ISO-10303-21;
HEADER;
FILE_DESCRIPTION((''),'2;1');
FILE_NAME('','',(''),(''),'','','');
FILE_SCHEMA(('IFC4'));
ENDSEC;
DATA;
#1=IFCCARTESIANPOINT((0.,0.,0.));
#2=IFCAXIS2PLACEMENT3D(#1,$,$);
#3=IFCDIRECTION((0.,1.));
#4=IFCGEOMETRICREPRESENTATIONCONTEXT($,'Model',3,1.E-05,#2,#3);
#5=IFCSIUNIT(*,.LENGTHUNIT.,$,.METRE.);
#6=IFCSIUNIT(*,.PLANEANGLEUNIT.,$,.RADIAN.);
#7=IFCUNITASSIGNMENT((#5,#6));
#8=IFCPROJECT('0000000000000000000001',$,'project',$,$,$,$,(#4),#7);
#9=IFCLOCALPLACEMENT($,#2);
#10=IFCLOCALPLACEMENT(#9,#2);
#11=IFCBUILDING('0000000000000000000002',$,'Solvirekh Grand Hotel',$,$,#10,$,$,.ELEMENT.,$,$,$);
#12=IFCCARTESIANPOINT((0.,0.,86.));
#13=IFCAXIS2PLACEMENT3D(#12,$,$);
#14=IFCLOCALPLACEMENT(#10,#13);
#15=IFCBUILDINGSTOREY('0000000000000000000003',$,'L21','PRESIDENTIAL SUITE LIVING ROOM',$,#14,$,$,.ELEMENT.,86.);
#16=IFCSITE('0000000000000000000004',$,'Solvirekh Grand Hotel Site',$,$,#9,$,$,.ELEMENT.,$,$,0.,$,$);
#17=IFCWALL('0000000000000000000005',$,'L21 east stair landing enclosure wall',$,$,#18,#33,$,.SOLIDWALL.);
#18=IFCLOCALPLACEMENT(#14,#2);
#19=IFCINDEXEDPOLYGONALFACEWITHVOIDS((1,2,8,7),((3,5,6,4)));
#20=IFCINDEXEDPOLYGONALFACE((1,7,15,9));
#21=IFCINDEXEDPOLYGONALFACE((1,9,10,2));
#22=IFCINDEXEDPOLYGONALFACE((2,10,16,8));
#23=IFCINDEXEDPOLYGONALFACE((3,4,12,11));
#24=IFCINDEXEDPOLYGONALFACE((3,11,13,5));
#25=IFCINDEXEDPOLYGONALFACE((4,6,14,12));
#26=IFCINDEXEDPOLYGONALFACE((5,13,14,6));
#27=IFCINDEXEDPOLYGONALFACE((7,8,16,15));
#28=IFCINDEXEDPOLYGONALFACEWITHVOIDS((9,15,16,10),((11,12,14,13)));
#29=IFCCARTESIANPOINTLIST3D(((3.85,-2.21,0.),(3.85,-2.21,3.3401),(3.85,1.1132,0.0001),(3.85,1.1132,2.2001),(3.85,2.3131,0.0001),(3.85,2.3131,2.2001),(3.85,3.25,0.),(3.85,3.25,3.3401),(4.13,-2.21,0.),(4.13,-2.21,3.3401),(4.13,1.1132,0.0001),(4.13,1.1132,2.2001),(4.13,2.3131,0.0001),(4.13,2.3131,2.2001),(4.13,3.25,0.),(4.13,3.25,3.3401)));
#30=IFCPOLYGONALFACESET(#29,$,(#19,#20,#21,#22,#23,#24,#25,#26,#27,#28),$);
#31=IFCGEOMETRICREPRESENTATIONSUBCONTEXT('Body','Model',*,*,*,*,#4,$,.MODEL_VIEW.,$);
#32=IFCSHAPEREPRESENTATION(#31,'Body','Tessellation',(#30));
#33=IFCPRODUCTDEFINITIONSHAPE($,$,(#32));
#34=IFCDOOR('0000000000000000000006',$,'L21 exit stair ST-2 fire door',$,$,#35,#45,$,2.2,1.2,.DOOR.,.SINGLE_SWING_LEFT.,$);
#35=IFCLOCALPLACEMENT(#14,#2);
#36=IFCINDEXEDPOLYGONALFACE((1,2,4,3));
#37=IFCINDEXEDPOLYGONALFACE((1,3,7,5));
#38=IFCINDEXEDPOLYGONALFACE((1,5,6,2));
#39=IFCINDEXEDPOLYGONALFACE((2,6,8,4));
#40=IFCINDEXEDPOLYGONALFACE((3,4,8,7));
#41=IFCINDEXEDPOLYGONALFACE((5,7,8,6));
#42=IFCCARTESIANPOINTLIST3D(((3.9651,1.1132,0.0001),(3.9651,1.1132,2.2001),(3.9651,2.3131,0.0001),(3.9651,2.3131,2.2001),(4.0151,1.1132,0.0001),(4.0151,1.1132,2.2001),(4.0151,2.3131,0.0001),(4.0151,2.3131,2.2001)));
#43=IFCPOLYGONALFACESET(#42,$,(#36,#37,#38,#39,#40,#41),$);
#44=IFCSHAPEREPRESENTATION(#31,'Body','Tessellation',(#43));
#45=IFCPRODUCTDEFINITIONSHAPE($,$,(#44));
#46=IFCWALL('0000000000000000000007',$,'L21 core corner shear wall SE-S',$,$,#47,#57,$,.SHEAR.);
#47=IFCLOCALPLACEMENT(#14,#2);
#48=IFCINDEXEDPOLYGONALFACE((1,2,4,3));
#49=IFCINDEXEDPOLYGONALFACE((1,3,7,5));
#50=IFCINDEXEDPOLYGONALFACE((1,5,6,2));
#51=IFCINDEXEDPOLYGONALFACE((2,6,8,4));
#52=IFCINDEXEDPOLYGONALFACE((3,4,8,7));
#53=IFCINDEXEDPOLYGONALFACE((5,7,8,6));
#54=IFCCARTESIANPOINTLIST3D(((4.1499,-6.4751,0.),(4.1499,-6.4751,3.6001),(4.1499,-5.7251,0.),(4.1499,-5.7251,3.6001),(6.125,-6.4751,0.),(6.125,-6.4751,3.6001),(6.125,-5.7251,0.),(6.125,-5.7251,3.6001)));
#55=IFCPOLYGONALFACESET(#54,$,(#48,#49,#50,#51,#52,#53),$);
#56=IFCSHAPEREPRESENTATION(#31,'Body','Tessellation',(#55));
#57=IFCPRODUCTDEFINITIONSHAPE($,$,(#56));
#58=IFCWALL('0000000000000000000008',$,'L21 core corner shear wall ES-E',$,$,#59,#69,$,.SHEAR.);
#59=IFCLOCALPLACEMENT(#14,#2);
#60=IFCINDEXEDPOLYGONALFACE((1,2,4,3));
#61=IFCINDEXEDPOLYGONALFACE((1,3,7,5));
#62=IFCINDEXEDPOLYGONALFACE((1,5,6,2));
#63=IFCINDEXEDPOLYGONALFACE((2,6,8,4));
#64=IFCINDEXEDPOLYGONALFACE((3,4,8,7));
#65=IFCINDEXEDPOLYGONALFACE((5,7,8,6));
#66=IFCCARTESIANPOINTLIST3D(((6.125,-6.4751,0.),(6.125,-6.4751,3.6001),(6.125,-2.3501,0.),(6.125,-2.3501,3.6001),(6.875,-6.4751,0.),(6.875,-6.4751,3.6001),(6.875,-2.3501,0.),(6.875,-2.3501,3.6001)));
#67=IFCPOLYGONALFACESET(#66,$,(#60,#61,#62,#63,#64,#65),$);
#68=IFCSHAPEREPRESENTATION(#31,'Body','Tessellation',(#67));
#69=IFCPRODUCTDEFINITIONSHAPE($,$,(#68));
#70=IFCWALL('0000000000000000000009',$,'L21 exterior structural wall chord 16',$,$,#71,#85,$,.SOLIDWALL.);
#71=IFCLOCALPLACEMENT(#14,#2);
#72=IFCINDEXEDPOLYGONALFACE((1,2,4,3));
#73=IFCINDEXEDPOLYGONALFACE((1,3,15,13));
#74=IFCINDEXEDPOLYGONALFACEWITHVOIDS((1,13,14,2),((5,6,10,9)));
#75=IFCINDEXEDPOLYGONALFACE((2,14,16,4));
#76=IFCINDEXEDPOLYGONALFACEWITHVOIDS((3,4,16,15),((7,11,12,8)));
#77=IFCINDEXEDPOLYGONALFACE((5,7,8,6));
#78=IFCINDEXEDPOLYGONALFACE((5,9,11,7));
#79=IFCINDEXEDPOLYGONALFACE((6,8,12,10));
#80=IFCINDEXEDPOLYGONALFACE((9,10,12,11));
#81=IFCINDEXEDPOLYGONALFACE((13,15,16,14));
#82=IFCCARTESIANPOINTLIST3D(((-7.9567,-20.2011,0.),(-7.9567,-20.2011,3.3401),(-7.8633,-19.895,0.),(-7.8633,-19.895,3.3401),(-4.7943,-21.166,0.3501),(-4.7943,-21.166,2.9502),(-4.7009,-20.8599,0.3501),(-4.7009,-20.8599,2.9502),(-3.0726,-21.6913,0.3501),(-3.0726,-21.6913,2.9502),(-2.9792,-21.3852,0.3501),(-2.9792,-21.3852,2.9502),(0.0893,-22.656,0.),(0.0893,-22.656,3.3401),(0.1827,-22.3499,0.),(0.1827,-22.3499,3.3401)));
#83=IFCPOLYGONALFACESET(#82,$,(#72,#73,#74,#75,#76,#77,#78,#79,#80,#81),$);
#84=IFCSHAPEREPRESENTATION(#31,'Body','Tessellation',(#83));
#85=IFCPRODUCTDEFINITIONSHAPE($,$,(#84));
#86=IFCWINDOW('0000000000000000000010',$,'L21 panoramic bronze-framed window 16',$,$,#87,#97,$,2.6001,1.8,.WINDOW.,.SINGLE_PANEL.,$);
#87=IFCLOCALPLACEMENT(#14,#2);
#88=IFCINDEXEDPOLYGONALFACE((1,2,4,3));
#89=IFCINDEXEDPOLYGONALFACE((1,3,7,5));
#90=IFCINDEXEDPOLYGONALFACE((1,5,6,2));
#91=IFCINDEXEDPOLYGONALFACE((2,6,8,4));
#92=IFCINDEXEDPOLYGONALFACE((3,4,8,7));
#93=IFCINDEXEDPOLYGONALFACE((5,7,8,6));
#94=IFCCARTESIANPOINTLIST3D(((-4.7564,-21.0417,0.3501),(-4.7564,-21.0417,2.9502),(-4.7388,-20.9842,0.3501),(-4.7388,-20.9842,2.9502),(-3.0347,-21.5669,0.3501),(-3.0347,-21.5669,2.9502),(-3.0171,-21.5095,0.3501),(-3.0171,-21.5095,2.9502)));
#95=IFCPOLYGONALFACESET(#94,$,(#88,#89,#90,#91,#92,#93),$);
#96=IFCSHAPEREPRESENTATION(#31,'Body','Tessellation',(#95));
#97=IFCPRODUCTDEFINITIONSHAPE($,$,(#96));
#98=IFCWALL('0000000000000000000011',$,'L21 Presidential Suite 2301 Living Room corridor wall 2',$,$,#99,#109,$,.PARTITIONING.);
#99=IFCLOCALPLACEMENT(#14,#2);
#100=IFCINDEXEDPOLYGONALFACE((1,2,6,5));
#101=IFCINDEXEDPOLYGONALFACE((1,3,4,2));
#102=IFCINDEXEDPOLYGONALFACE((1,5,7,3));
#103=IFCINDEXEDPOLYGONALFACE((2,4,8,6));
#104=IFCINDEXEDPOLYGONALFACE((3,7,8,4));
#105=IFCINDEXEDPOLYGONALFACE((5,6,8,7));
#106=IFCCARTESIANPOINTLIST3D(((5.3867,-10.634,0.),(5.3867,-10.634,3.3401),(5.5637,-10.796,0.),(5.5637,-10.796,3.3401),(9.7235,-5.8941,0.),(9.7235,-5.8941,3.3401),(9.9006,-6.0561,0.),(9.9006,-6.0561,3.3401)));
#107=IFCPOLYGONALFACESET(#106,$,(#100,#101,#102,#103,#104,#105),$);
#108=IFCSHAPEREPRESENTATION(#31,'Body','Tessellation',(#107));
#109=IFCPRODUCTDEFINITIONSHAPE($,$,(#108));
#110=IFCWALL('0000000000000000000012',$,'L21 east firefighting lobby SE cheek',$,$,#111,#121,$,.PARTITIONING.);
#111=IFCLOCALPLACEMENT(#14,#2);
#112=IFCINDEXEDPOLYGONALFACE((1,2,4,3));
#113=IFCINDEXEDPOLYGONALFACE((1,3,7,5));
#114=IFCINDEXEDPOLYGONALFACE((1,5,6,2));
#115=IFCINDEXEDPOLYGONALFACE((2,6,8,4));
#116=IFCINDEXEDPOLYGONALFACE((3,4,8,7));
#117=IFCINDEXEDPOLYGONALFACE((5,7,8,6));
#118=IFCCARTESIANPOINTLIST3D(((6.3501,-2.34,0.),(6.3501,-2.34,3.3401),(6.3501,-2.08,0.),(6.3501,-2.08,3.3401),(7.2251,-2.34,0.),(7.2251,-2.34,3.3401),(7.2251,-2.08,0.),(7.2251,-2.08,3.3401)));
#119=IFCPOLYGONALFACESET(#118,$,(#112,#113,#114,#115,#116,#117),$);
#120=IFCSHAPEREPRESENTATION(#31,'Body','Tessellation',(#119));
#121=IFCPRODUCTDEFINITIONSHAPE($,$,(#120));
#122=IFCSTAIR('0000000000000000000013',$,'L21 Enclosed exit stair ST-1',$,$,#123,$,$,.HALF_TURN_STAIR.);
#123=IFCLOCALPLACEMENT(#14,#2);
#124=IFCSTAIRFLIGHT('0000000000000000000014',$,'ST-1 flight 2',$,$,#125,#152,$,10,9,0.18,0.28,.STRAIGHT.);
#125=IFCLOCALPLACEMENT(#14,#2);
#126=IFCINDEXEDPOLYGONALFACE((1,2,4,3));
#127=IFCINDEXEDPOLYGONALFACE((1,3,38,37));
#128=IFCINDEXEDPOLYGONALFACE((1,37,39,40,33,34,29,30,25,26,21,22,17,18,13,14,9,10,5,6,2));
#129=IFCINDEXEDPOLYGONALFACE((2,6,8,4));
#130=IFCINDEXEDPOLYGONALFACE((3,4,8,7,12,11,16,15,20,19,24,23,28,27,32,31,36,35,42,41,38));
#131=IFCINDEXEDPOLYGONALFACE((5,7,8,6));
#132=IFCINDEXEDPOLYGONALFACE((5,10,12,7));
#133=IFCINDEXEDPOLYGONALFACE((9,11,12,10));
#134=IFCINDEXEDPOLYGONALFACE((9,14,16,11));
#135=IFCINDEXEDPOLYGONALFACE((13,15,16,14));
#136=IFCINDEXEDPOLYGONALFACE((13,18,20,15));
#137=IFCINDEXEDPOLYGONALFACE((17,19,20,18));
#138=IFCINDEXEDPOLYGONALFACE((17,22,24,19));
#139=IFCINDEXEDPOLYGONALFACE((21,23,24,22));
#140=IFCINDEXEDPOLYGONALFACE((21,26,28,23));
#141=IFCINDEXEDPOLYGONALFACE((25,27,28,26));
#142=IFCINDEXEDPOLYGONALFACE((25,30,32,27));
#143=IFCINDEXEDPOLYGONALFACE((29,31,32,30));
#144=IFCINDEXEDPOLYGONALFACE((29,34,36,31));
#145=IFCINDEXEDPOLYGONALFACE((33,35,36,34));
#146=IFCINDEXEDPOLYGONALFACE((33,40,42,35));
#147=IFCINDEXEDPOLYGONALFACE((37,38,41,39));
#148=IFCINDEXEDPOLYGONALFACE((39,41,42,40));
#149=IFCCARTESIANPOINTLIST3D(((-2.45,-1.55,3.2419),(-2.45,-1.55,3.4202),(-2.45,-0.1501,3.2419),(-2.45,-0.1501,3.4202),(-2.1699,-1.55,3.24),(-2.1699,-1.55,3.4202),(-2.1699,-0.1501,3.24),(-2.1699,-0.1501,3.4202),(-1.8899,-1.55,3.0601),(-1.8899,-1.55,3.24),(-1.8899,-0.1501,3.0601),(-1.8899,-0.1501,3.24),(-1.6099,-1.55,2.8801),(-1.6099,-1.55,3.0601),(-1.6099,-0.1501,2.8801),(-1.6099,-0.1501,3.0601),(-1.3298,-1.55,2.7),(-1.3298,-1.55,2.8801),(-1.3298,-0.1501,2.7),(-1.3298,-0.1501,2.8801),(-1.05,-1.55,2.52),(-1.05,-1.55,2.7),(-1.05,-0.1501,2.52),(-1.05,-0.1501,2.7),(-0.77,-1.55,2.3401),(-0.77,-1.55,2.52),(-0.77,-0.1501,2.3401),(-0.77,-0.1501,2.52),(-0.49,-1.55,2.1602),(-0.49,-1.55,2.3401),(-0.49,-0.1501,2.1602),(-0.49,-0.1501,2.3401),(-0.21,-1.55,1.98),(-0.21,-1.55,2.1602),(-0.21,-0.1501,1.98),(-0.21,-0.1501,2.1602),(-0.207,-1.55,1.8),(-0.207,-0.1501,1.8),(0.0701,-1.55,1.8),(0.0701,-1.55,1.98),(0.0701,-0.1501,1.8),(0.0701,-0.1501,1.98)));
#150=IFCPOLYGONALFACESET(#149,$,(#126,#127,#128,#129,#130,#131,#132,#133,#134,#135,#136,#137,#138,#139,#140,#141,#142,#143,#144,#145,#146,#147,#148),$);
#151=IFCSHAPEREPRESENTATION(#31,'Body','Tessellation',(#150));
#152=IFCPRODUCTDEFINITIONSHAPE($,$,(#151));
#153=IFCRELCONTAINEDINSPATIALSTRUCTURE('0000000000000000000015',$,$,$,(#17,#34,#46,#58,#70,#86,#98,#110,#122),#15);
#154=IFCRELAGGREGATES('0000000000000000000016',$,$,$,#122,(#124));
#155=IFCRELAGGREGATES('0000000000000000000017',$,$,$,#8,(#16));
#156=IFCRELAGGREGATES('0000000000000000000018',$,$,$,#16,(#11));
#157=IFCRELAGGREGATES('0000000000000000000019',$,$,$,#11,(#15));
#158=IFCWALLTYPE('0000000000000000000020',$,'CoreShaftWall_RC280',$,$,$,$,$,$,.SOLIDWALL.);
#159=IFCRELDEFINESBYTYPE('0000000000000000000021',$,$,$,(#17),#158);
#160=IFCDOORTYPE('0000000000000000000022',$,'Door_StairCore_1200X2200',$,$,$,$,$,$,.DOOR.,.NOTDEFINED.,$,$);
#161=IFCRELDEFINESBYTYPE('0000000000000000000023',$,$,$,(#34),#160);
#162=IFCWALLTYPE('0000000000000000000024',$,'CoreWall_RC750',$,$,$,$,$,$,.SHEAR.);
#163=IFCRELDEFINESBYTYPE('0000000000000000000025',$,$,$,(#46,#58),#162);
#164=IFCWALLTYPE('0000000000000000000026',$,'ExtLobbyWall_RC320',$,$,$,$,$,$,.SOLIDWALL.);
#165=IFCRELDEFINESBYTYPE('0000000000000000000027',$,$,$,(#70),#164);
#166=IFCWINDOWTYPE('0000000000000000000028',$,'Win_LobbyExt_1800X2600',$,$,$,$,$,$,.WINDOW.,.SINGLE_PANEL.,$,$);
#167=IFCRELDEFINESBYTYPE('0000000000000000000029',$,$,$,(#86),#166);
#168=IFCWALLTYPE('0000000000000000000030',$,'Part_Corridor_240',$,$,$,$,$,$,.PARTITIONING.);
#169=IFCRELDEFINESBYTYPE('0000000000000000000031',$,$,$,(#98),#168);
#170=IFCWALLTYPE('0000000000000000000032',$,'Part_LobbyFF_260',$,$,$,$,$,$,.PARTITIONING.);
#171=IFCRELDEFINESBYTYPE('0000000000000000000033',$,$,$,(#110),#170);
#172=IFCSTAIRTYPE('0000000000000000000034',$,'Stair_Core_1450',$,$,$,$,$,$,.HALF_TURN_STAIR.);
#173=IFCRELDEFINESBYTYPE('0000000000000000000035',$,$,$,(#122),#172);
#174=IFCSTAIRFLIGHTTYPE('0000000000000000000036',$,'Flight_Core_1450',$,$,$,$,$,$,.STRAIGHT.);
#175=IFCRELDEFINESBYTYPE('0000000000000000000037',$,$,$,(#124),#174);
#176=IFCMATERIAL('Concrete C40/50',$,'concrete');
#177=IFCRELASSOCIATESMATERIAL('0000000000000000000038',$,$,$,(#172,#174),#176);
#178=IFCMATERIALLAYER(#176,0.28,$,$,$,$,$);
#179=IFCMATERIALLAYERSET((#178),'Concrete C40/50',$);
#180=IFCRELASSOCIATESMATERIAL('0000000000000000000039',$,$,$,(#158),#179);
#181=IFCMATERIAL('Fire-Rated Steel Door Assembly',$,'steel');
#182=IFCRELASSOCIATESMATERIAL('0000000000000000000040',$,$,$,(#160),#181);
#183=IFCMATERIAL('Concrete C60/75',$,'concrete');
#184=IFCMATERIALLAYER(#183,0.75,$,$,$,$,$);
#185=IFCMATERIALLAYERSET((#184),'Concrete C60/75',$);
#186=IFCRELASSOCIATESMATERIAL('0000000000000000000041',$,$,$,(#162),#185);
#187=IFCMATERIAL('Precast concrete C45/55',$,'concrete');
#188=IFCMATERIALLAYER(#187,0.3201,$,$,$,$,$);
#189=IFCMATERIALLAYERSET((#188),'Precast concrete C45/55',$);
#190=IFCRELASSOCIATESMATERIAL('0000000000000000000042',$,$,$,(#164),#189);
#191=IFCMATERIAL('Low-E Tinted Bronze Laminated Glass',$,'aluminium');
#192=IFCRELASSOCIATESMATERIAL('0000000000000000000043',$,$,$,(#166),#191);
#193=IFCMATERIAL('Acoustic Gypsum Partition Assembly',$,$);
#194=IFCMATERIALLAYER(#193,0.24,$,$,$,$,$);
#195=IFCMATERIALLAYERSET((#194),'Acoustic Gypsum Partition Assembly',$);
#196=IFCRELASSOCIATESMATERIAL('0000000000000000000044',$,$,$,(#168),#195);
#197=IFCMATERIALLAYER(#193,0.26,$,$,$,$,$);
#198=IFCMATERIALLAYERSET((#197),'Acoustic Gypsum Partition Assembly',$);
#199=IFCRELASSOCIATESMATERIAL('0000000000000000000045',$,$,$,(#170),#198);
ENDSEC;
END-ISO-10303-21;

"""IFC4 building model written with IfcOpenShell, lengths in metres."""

from ifc_helpers import new_model, si_unit, direction, frame, frame_2d, origin, place, context, subcontext, project, spatial, polyline, rectangle, outline, extrude, material, layer, layer_set, type_object, element, fill, aggregate, save


model = new_model("IFC4")

# Units and contexts
model_context = context("Model", 3, precision=1e-05, world=origin(), true_north=direction((0.0, 1.0)))
body_context = subcontext(model_context, "Body", "Model", "MODEL_VIEW")
ifc_project = project(units=[si_unit("LENGTHUNIT", "METRE"), si_unit("PLANEANGLEUNIT", "RADIAN")], contexts=[model_context])

# Site, building, storey
site_placement = place(None, origin())
site = spatial("IfcSite", under=ifc_project, at=site_placement, Name="Solvirekh Grand Hotel Site", CompositionType="ELEMENT", RefElevation=0.0)
building_placement = place(site_placement, origin())
building = spatial("IfcBuilding", under=site, at=building_placement, Name="Solvirekh Grand Hotel", CompositionType="ELEMENT")
storey_placement = place(building_placement, frame((0.0, 0.0, 86.0)))
storey = spatial("IfcBuildingStorey", under=building, at=storey_placement, Name="L21", Description="PRESIDENTIAL SUITE LIVING ROOM", CompositionType="ELEMENT", Elevation=86.0)

# Shared definitions
ifc_material_1 = material(Name="Concrete C60/75", Category="concrete")

# Shared definitions
ifc_material_2 = material(Name="Concrete C40/50", Category="concrete")
stair_type = type_object("IfcStairType", Name="Stair_Core_1450", PredefinedType="HALF_TURN_STAIR", material=ifc_material_2)

# Shared definitions
ifc_layer_1 = layer(ifc_material_2, 0.28)
ifc_layer_set_1 = layer_set([ifc_layer_1], Name="Concrete C40/50")
wall_type_1 = type_object("IfcWallType", Name="CoreShaftWall_RC280", PredefinedType="SOLIDWALL", material=ifc_layer_set_1)

# Shared definitions
ifc_material_3 = material(Name="Fire-Rated Steel Door Assembly", Category="steel")

# Wall, opening, door
wall_1_placement = place(storey_placement, frame((3.99, -2.21, 0.0), z_axis=(0.0, 0.0, 1.0), x_axis=(0.0, 1.0, 0.0)))
wall_1 = element("IfcWall", 1, at=wall_1_placement, inside=storey, type_object=wall_type_1, Name="L21 east stair landing enclosure wall", PredefinedType="SOLIDWALL", context=body_context, shape_type="SweptSolid", body=[
    extrude(rectangle(XDim=5.46, YDim=0.28, at=frame_2d((2.73, 0.0))), origin(), (0.0, 0.0, 1.0), 3.3401),
])
opening_1_placement = place(wall_1_placement, frame((3.323, 0.0, 0.0)))
opening_1 = element("IfcOpeningElement", 2, at=opening_1_placement, cuts=wall_1, PredefinedType="OPENING", context=body_context, shape_type="SweptSolid", body=[
    extrude(rectangle(XDim=1.2, YDim=2.2, at=frame_2d((0.6001, 1.1001))), frame((0.0, 0.1499, 0.0), z_axis=(0.0, -1.0, 0.0), x_axis=(1.0, 0.0, 0.0)), (0.0, 0.0, 1.0), 0.3),
])
door_type_1 = type_object("IfcDoorType", Name="Door_StairCore_1200X2200", OperationType="NOTDEFINED", PredefinedType="DOOR", material=ifc_material_3)
door_1_placement = place(opening_1_placement, origin())
door_1 = element("IfcDoor", 3, at=door_1_placement, inside=storey, type_object=door_type_1, Name="L21 exit stair ST-2 fire door", OperationType="SINGLE_SWING_LEFT", OverallHeight=2.2, OverallWidth=1.2, PredefinedType="DOOR", context=body_context, shape_type="SweptSolid", body=[
    extrude(rectangle(XDim=1.2, YDim=2.2, at=frame_2d((0.6001, 1.1001))), frame((0.0, 0.0249, 0.0), z_axis=(0.0, -1.0, 0.0), x_axis=(1.0, 0.0, 0.0)), (0.0, 0.0, 1.0), 0.05),
])
fill(opening_1, door_1)

# Walls
ifc_layer_2 = layer(ifc_material_1, 0.75)
ifc_layer_set_2 = layer_set([ifc_layer_2], Name="Concrete C60/75")
wall_type_2 = type_object("IfcWallType", Name="CoreWall_RC750", PredefinedType="SHEAR", material=ifc_layer_set_2)
wall_2_placement = place(storey_placement, frame((4.1499, -6.1001, 0.0), z_axis=(0.0, 0.0, 1.0), x_axis=(1.0, 0.0, 0.0)))
element("IfcWall", 4, at=wall_2_placement, inside=storey, type_object=wall_type_2, Name="L21 core corner shear wall SE-S", PredefinedType="SHEAR", context=body_context, shape_type="SweptSolid", body=[
    extrude(rectangle(XDim=1.9751, YDim=0.75, at=frame_2d((0.9875, 0.0))), origin(), (0.0, 0.0, 1.0), 3.6001),
])
wall_3_placement = place(storey_placement, frame((6.5, -6.4751, 0.0), z_axis=(0.0, 0.0, 1.0), x_axis=(0.0, 1.0, 0.0)))
element("IfcWall", 5, at=wall_3_placement, inside=storey, type_object=wall_type_2, Name="L21 core corner shear wall ES-E", PredefinedType="SHEAR", context=body_context, shape_type="SweptSolid", body=[
    extrude(rectangle(XDim=4.125, YDim=0.75, at=frame_2d((2.0625, 0.0))), origin(), (0.0, 0.0, 1.0), 3.6001),
])

# Wall, opening, window
ifc_material_4 = material(Name="Precast concrete C45/55", Category="concrete")
ifc_layer_3 = layer(ifc_material_4, 0.3201)
ifc_layer_set_3 = layer_set([ifc_layer_3], Name="Precast concrete C45/55")
wall_type_3 = type_object("IfcWallType", Name="ExtLobbyWall_RC320", PredefinedType="SOLIDWALL", material=ifc_layer_set_3)
wall_4_placement = place(storey_placement, frame((0.136, -22.5029, 0.0), z_axis=(0.0, 0.0, 1.0), x_axis=(-0.956472, 0.291823, 0.0)))
wall_4 = element("IfcWall", 6, at=wall_4_placement, inside=storey, type_object=wall_type_3, Name="L21 exterior structural wall chord 16", PredefinedType="SOLIDWALL", context=body_context, shape_type="SweptSolid", body=[
    extrude(rectangle(XDim=8.4121, YDim=0.3201, at=frame_2d((4.2061, 0.0))), origin(), (0.0, 0.0, 1.0), 3.3401),
])
opening_2_placement = place(wall_4_placement, frame((3.3059, 0.0, 0.3501)))
opening_2 = element("IfcOpeningElement", 7, at=opening_2_placement, cuts=wall_4, PredefinedType="OPENING", context=body_context, shape_type="SweptSolid", body=[
    extrude(rectangle(XDim=1.8, YDim=2.6001, at=frame_2d((0.8999, 1.3))), frame((0.0, 0.1699, 0.0), z_axis=(0.0, -1.0, 0.0), x_axis=(1.0, 0.0, 0.0)), (0.0, 0.0, 1.0), 0.3401),
])
ifc_material_5 = material(Name="Low-E Tinted Bronze Laminated Glass", Category="aluminium")
window_type = type_object("IfcWindowType", Name="Win_LobbyExt_1800X2600", PartitioningType="SINGLE_PANEL", PredefinedType="WINDOW", material=ifc_material_5)
window_placement = place(opening_2_placement, origin())
window = element("IfcWindow", 8, at=window_placement, inside=storey, type_object=window_type, Name="L21 panoramic bronze-framed window 16", OverallHeight=2.6001, OverallWidth=1.8, PartitioningType="SINGLE_PANEL", PredefinedType="WINDOW", context=body_context, shape_type="SweptSolid", body=[
    extrude(rectangle(XDim=1.8, YDim=2.6001, at=frame_2d((0.8999, 1.3))), frame((0.0, 0.03, 0.0), z_axis=(0.0, -1.0, 0.0), x_axis=(1.0, 0.0, 0.0)), (0.0, 0.0, 1.0), 0.0601),
])
fill(opening_2, window)

# Walls
ifc_material_6 = material(Name="Acoustic Gypsum Partition Assembly")
ifc_layer_4 = layer(ifc_material_6, 0.24)
ifc_layer_set_4 = layer_set([ifc_layer_4], Name="Acoustic Gypsum Partition Assembly")
wall_type_4 = type_object("IfcWallType", Name="Part_Corridor_240", PredefinedType="PARTITIONING", material=ifc_layer_set_4)
wall_5_placement = place(storey_placement, frame((5.4751, -10.7151, 0.0), z_axis=(0.0, 0.0, 1.0), x_axis=(0.675041, 0.73778, 0.0)))
element("IfcWall", 9, at=wall_5_placement, inside=storey, type_object=wall_type_4, Name="L21 Presidential Suite 2301 Living Room corridor wall 2", PredefinedType="PARTITIONING", context=body_context, shape_type="SweptSolid", body=[
    extrude(rectangle(XDim=6.4246, YDim=0.24, at=frame_2d((3.2124, 0.0))), origin(), (0.0, 0.0, 1.0), 3.3401),
])
ifc_layer_5 = layer(ifc_material_6, 0.26)
ifc_layer_set_5 = layer_set([ifc_layer_5], Name="Acoustic Gypsum Partition Assembly")
wall_type_5 = type_object("IfcWallType", Name="Part_LobbyFF_260", PredefinedType="PARTITIONING", material=ifc_layer_set_5)
wall_6_placement = place(storey_placement, frame((6.3501, -2.21, 0.0), z_axis=(0.0, 0.0, 1.0), x_axis=(1.0, 0.0, 0.0)))
element("IfcWall", 10, at=wall_6_placement, inside=storey, type_object=wall_type_5, Name="L21 east firefighting lobby SE cheek", PredefinedType="PARTITIONING", context=body_context, shape_type="SweptSolid", body=[
    extrude(rectangle(XDim=0.875, YDim=0.26, at=frame_2d((0.4375, 0.0))), origin(), (0.0, 0.0, 1.0), 3.3401),
])

# Stair, stair flight
stair_1_placement = place(storey_placement, origin())
stair_1 = element("IfcStair", 11, at=stair_1_placement, inside=storey, type_object=stair_type, Name="L21 Enclosed exit stair ST-1", PredefinedType="HALF_TURN_STAIR")
stair_flight_type = type_object("IfcStairFlightType", Name="Flight_Core_1450", PredefinedType="STRAIGHT", material=ifc_material_2)
stair_flight_placement = place(storey_placement, frame((0.0701, -0.8501, 1.8), z_axis=(0.0, 0.0, 1.0), x_axis=(-1.0, 0.0, 0.0)))
stair_flight = element("IfcStairFlight", 12, at=stair_flight_placement, type_object=stair_flight_type, Name="ST-1 flight 2", NumberOfRisers=10, NumberOfTreads=9, PredefinedType="STRAIGHT", RiserHeight=0.18, TreadLength=0.28, context=body_context, shape_type="SweptSolid", body=[
    extrude(outline(polyline([(0.0, 0.0), (0.0, 0.1799), (0.28, 0.1799), (0.28, 0.3601), (0.5601, 0.3601), (0.5601, 0.54), (0.8401, 0.54), (0.8401, 0.72), (1.1201, 0.72), (1.1201, 0.8999), (1.3999, 0.8999), (1.3999, 1.0801), (1.6799, 1.0801), (1.6799, 1.26), (1.96, 1.26), (1.96, 1.4399), (2.24, 1.4399), (2.24, 1.6201), (2.52, 1.6201), (2.52, 1.8), (2.52, 1.4419), (0.2771, 0.0), (0.0, 0.0)])), frame((0.0, 0.7, 0.0), z_axis=(0.0, -1.0, 0.0), x_axis=(1.0, 0.0, 0.0)), (0.0, 0.0, 1.0), 1.3999),
])
aggregate(stair_1, [stair_flight])

save(model, "model.ifc")
